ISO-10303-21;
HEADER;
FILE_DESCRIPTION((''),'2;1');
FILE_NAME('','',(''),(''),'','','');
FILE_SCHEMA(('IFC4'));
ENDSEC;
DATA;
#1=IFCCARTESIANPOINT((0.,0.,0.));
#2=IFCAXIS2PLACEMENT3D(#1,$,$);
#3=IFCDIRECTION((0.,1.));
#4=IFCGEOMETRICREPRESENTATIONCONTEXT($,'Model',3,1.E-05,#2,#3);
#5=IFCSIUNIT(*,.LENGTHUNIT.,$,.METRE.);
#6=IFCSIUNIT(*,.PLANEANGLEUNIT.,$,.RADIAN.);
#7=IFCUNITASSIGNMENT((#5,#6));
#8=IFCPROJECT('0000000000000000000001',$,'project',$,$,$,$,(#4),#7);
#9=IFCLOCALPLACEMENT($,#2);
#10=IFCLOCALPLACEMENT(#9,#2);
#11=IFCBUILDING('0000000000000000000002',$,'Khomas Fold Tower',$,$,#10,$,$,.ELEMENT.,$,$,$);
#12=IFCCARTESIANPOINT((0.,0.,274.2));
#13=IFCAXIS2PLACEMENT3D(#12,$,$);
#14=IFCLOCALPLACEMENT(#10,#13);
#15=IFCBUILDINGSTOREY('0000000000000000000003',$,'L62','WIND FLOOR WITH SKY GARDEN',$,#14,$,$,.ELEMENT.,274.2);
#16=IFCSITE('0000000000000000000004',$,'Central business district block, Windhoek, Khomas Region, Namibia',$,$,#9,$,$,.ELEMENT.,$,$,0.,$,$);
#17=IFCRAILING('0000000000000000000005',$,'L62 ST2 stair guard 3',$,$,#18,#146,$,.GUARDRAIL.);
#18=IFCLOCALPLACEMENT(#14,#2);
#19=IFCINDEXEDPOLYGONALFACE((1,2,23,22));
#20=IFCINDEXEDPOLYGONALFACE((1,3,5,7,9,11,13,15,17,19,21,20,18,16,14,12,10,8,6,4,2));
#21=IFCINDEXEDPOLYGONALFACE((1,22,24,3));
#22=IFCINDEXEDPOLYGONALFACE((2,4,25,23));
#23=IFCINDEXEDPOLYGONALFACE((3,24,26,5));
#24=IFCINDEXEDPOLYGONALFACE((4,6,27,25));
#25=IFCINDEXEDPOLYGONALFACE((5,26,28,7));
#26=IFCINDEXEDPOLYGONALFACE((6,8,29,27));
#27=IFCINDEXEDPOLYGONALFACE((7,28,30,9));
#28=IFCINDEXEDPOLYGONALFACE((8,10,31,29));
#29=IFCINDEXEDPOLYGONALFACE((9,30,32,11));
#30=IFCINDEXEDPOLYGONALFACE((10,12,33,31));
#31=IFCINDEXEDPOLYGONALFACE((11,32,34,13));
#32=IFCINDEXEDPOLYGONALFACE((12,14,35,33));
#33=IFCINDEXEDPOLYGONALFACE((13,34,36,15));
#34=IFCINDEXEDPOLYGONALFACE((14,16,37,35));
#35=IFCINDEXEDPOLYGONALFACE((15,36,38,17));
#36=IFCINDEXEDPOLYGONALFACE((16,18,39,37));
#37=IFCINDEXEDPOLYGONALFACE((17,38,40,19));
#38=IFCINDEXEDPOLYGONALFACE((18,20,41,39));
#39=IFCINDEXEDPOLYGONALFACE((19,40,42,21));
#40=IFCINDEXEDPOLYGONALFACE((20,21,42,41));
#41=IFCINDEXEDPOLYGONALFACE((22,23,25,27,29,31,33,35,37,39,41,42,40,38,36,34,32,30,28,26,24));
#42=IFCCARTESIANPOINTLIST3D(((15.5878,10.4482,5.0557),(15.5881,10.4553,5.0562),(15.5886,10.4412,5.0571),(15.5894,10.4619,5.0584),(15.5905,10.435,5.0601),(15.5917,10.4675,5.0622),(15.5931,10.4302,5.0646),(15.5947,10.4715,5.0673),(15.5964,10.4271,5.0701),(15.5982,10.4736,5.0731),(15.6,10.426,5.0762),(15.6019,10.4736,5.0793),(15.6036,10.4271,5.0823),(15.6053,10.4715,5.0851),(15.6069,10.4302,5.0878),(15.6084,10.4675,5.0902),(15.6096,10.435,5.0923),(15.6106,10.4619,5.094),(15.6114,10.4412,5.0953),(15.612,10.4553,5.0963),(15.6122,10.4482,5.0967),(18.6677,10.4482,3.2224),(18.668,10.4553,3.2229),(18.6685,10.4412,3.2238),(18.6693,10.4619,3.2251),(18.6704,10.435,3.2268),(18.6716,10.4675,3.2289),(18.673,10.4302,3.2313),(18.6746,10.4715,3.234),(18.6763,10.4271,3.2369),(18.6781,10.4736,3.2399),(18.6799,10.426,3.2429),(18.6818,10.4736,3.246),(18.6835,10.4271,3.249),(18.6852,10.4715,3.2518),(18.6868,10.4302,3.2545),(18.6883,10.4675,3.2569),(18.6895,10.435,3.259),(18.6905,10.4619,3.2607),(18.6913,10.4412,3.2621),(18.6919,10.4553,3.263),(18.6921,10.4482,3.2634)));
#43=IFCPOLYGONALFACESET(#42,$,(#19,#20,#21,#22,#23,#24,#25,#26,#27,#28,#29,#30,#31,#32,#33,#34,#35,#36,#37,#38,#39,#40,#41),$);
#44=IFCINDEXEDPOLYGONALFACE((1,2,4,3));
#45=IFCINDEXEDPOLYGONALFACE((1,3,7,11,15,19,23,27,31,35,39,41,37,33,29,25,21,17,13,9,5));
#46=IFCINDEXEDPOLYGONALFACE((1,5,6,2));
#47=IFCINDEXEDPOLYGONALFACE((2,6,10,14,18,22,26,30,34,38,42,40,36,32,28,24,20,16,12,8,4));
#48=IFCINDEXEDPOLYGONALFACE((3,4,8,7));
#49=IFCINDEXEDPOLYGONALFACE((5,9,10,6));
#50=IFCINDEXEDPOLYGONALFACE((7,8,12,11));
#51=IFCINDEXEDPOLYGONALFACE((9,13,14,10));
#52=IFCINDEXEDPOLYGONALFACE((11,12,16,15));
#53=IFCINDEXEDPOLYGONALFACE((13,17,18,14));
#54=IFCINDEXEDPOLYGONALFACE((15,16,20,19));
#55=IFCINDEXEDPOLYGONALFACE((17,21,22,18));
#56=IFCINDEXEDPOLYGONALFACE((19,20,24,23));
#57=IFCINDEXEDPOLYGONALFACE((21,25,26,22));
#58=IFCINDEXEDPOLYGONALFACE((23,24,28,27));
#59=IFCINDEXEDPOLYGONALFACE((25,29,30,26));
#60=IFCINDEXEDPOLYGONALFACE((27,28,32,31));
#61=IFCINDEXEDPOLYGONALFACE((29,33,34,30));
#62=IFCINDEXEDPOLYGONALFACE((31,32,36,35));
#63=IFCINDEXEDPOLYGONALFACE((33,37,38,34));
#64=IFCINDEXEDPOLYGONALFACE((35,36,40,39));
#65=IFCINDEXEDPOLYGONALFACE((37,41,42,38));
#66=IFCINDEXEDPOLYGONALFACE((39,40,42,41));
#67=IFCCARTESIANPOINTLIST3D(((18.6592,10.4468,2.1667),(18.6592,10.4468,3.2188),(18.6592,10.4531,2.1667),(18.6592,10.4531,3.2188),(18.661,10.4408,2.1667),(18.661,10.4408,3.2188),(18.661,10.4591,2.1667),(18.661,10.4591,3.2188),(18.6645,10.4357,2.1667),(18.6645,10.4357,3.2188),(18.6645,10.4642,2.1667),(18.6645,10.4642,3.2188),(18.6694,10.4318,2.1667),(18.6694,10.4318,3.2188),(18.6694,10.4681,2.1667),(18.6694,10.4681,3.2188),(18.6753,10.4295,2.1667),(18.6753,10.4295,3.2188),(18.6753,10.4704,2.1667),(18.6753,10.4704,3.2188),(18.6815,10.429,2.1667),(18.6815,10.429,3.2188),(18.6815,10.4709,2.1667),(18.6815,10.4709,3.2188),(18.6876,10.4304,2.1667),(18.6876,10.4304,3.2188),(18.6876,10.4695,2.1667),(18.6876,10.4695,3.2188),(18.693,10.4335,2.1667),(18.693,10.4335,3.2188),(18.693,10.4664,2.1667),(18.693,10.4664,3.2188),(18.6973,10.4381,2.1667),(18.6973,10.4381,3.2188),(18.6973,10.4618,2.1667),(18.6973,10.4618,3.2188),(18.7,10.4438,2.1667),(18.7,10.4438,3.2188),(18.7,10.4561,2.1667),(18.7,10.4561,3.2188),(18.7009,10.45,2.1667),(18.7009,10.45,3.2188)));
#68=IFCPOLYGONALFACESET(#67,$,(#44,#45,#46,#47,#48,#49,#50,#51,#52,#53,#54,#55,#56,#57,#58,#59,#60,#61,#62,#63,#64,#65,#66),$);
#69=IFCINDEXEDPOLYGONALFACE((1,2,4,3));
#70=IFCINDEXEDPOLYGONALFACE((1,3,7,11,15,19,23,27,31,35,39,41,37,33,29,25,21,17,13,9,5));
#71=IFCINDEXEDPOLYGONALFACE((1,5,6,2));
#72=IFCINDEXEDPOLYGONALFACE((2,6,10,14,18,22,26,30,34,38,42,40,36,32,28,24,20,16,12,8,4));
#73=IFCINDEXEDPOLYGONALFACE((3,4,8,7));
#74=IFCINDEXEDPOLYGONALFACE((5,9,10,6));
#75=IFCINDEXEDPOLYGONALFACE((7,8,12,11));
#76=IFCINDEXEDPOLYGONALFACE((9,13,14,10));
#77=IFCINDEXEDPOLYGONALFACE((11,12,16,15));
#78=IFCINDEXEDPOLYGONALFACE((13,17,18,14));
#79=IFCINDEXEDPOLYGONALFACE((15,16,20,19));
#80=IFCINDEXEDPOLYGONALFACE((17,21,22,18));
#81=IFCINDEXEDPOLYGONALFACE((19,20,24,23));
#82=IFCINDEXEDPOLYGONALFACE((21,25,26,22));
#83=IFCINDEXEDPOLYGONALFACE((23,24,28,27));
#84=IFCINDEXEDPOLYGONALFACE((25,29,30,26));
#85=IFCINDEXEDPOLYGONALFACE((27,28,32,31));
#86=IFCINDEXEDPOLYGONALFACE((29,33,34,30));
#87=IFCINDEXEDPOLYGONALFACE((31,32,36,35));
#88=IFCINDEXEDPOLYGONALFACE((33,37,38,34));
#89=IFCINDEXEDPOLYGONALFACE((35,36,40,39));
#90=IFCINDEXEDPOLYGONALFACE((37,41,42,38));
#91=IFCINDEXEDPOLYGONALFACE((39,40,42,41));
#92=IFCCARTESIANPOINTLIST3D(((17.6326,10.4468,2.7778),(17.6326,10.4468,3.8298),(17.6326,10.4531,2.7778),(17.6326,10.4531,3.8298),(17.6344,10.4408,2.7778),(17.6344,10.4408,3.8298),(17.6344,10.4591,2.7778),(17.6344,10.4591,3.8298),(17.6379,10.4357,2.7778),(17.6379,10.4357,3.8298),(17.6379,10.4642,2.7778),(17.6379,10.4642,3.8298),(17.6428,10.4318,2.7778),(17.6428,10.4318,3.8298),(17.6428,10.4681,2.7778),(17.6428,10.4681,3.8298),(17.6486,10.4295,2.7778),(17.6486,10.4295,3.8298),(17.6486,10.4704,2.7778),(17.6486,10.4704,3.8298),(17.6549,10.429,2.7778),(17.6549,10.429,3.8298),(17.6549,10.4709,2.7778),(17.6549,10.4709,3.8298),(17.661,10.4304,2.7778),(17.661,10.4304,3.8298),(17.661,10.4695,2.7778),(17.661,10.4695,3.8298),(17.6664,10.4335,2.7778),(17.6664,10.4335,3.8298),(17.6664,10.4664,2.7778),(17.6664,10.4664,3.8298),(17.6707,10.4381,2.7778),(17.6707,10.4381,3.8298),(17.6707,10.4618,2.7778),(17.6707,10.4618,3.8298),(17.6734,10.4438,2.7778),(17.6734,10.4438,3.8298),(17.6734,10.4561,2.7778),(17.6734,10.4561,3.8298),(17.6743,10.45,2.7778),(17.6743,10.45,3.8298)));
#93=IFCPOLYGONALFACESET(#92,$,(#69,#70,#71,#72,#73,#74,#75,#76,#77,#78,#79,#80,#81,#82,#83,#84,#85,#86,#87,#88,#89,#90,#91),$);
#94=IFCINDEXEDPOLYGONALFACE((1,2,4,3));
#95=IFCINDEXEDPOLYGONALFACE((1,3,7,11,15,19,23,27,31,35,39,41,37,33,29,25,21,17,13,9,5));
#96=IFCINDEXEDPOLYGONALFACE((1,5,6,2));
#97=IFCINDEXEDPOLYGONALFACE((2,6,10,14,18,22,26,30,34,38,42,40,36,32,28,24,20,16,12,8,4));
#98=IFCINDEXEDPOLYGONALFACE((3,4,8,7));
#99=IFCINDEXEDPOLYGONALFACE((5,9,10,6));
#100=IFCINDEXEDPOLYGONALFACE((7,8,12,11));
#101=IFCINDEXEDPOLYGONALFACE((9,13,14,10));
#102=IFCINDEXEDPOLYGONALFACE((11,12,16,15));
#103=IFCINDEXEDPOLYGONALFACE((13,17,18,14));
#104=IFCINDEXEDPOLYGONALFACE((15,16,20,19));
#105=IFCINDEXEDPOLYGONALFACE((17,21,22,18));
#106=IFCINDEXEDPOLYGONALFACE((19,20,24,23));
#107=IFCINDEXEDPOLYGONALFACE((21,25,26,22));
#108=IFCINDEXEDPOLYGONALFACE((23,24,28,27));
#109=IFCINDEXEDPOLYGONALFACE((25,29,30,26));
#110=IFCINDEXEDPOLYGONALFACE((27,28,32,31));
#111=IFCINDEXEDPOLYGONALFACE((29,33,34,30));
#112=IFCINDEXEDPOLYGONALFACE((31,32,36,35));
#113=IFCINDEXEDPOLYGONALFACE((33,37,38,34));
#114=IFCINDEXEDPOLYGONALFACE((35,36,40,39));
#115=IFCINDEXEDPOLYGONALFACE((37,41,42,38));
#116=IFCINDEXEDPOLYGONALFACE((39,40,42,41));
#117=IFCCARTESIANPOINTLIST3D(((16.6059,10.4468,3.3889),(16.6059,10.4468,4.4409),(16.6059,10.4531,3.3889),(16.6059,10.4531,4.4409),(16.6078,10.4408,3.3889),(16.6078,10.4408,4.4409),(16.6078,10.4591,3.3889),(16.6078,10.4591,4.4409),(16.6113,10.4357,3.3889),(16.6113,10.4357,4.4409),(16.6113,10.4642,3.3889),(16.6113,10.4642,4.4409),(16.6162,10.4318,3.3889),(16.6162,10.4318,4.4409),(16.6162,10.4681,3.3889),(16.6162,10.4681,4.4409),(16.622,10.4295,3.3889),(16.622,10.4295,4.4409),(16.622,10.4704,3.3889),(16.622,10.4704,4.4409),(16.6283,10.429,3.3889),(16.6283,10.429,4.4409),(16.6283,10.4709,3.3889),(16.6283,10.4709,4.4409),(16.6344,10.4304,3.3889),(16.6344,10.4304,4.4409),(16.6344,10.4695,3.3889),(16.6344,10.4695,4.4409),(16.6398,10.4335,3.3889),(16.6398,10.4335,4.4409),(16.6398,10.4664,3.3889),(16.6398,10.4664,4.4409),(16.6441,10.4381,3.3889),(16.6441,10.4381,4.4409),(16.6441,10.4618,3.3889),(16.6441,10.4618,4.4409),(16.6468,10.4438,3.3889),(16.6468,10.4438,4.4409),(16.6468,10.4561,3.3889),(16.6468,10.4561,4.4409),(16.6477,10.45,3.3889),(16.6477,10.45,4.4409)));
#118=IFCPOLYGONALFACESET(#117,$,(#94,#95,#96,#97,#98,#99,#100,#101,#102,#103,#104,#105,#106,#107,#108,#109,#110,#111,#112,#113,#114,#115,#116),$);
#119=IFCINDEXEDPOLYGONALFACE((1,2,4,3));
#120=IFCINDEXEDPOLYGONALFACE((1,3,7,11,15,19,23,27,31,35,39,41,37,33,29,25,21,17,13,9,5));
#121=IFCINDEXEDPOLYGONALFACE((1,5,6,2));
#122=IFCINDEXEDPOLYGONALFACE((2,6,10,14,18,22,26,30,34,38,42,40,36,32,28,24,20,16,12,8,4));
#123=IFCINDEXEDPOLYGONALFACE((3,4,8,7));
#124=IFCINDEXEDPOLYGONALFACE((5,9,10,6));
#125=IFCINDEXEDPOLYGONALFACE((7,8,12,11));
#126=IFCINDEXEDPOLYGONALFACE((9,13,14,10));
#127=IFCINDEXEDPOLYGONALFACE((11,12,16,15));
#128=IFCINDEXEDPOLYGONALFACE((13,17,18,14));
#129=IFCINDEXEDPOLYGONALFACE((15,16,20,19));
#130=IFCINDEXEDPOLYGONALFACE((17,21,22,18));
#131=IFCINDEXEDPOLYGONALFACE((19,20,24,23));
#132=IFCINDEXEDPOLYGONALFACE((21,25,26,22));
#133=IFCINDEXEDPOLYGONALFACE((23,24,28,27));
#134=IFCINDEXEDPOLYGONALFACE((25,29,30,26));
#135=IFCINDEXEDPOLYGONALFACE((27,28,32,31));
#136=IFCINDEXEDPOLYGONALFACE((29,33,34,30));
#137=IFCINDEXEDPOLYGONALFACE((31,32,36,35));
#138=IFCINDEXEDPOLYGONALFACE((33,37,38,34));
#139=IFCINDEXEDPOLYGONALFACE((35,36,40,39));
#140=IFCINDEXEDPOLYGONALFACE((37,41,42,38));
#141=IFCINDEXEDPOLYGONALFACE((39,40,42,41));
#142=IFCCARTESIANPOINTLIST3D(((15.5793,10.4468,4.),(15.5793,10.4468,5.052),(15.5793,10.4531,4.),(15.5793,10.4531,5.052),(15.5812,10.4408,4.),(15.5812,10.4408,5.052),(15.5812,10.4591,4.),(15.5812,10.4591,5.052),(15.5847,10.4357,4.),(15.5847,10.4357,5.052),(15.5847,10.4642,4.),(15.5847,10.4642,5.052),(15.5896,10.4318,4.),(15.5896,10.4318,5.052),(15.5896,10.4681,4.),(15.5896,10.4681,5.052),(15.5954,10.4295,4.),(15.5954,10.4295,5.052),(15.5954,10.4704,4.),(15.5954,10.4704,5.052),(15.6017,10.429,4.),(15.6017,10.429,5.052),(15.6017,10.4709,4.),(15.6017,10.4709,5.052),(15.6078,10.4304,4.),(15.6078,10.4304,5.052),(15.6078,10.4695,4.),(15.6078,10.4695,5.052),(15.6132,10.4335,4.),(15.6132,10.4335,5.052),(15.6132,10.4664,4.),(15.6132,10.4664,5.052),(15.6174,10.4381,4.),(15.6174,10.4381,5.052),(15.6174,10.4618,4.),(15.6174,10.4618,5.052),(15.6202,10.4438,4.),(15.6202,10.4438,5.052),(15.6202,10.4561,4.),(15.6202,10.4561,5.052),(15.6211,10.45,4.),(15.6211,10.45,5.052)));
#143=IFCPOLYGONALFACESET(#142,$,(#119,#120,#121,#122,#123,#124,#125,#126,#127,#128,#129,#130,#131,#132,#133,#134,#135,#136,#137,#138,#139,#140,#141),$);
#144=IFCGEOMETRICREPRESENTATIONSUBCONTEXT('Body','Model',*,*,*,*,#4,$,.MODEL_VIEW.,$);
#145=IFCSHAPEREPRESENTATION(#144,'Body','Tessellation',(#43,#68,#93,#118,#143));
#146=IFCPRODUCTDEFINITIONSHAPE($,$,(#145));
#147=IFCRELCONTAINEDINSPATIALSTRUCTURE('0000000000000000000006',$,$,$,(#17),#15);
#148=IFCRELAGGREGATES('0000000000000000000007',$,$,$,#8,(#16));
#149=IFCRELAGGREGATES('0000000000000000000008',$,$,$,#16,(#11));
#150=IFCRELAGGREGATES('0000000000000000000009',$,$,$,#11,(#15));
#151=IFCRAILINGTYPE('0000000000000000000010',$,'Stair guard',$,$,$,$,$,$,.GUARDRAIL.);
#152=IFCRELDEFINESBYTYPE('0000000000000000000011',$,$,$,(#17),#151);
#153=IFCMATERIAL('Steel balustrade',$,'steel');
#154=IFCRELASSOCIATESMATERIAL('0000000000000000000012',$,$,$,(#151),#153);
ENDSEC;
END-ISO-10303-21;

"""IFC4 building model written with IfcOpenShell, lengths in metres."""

from ifc_helpers import new_model, si_unit, direction, frame, origin, origin_2d, place, context, subcontext, project, spatial, circle, extrude, source, transform, mapped, material, type_object, element, save


model = new_model("IFC4")

# Units and contexts
model_context = context("Model", 3, precision=1e-05, world=origin(), true_north=direction((0.0, 1.0)))
body_context = subcontext(model_context, "Body", "Model", "MODEL_VIEW")
ifc_project = project(units=[si_unit("LENGTHUNIT", "METRE"), si_unit("PLANEANGLEUNIT", "RADIAN")], contexts=[model_context])

# Site, building, storey
site_placement = place(None, origin())
site = spatial("IfcSite", under=ifc_project, at=site_placement, Name="Central business district block, Windhoek, Khomas Region, Namibia", CompositionType="ELEMENT", RefElevation=0.0)
building_placement = place(site_placement, origin())
building = spatial("IfcBuilding", under=site, at=building_placement, Name="Khomas Fold Tower", CompositionType="ELEMENT")
storey_placement = place(building_placement, frame((0.0, 0.0, 274.2)))
storey = spatial("IfcBuildingStorey", under=building, at=storey_placement, Name="L62", Description="WIND FLOOR WITH SKY GARDEN", CompositionType="ELEMENT", Elevation=274.2)

# Railing
ifc_material_1 = material(Name="Steel balustrade", Category="steel")
railing_type_1 = type_object("IfcRailingType", Name="Stair guard", PredefinedType="GUARDRAIL", material=ifc_material_1)
shared_shape_1 = source(origin(), body_context, "Body", "SweptSolid", [
    extrude(circle(Radius=0.0239, at=origin_2d()), frame((0.0, 0.0, 1.0762), z_axis=(-0.859291, 0.0, 0.511487), x_axis=(0.0, -1.0, 0.0)), (0.0, 0.0, 1.0), 3.5842),
    extrude(circle(Radius=0.021, at=origin_2d()), origin(), (0.0, 0.0, 1.0), 1.052),
    extrude(circle(Radius=0.021, at=origin_2d()), frame((-1.0266, 0.0, 0.6111)), (0.0, 0.0, 1.0), 1.052),
    extrude(circle(Radius=0.021, at=origin_2d()), frame((-2.0532, 0.0, 1.2222)), (0.0, 0.0, 1.0), 1.052),
    extrude(circle(Radius=0.021, at=origin_2d()), frame((-3.0798, 0.0, 1.8333)), (0.0, 0.0, 1.0), 1.052),
])
for number, where, name in (
    (1, (18.6799, 10.45, 2.1667), "L62 ST2 stair guard 3"),
):
    element("IfcRailing", number, at=place(storey_placement, frame(where)), inside=storey, type_object=railing_type_1, Name=name, PredefinedType="GUARDRAIL", context=body_context, shape_type="MappedRepresentation", body=[
        mapped(shared_shape_1, transform((0.0, 0.0, 0.0))),
    ])

save(model, "model.ifc")
